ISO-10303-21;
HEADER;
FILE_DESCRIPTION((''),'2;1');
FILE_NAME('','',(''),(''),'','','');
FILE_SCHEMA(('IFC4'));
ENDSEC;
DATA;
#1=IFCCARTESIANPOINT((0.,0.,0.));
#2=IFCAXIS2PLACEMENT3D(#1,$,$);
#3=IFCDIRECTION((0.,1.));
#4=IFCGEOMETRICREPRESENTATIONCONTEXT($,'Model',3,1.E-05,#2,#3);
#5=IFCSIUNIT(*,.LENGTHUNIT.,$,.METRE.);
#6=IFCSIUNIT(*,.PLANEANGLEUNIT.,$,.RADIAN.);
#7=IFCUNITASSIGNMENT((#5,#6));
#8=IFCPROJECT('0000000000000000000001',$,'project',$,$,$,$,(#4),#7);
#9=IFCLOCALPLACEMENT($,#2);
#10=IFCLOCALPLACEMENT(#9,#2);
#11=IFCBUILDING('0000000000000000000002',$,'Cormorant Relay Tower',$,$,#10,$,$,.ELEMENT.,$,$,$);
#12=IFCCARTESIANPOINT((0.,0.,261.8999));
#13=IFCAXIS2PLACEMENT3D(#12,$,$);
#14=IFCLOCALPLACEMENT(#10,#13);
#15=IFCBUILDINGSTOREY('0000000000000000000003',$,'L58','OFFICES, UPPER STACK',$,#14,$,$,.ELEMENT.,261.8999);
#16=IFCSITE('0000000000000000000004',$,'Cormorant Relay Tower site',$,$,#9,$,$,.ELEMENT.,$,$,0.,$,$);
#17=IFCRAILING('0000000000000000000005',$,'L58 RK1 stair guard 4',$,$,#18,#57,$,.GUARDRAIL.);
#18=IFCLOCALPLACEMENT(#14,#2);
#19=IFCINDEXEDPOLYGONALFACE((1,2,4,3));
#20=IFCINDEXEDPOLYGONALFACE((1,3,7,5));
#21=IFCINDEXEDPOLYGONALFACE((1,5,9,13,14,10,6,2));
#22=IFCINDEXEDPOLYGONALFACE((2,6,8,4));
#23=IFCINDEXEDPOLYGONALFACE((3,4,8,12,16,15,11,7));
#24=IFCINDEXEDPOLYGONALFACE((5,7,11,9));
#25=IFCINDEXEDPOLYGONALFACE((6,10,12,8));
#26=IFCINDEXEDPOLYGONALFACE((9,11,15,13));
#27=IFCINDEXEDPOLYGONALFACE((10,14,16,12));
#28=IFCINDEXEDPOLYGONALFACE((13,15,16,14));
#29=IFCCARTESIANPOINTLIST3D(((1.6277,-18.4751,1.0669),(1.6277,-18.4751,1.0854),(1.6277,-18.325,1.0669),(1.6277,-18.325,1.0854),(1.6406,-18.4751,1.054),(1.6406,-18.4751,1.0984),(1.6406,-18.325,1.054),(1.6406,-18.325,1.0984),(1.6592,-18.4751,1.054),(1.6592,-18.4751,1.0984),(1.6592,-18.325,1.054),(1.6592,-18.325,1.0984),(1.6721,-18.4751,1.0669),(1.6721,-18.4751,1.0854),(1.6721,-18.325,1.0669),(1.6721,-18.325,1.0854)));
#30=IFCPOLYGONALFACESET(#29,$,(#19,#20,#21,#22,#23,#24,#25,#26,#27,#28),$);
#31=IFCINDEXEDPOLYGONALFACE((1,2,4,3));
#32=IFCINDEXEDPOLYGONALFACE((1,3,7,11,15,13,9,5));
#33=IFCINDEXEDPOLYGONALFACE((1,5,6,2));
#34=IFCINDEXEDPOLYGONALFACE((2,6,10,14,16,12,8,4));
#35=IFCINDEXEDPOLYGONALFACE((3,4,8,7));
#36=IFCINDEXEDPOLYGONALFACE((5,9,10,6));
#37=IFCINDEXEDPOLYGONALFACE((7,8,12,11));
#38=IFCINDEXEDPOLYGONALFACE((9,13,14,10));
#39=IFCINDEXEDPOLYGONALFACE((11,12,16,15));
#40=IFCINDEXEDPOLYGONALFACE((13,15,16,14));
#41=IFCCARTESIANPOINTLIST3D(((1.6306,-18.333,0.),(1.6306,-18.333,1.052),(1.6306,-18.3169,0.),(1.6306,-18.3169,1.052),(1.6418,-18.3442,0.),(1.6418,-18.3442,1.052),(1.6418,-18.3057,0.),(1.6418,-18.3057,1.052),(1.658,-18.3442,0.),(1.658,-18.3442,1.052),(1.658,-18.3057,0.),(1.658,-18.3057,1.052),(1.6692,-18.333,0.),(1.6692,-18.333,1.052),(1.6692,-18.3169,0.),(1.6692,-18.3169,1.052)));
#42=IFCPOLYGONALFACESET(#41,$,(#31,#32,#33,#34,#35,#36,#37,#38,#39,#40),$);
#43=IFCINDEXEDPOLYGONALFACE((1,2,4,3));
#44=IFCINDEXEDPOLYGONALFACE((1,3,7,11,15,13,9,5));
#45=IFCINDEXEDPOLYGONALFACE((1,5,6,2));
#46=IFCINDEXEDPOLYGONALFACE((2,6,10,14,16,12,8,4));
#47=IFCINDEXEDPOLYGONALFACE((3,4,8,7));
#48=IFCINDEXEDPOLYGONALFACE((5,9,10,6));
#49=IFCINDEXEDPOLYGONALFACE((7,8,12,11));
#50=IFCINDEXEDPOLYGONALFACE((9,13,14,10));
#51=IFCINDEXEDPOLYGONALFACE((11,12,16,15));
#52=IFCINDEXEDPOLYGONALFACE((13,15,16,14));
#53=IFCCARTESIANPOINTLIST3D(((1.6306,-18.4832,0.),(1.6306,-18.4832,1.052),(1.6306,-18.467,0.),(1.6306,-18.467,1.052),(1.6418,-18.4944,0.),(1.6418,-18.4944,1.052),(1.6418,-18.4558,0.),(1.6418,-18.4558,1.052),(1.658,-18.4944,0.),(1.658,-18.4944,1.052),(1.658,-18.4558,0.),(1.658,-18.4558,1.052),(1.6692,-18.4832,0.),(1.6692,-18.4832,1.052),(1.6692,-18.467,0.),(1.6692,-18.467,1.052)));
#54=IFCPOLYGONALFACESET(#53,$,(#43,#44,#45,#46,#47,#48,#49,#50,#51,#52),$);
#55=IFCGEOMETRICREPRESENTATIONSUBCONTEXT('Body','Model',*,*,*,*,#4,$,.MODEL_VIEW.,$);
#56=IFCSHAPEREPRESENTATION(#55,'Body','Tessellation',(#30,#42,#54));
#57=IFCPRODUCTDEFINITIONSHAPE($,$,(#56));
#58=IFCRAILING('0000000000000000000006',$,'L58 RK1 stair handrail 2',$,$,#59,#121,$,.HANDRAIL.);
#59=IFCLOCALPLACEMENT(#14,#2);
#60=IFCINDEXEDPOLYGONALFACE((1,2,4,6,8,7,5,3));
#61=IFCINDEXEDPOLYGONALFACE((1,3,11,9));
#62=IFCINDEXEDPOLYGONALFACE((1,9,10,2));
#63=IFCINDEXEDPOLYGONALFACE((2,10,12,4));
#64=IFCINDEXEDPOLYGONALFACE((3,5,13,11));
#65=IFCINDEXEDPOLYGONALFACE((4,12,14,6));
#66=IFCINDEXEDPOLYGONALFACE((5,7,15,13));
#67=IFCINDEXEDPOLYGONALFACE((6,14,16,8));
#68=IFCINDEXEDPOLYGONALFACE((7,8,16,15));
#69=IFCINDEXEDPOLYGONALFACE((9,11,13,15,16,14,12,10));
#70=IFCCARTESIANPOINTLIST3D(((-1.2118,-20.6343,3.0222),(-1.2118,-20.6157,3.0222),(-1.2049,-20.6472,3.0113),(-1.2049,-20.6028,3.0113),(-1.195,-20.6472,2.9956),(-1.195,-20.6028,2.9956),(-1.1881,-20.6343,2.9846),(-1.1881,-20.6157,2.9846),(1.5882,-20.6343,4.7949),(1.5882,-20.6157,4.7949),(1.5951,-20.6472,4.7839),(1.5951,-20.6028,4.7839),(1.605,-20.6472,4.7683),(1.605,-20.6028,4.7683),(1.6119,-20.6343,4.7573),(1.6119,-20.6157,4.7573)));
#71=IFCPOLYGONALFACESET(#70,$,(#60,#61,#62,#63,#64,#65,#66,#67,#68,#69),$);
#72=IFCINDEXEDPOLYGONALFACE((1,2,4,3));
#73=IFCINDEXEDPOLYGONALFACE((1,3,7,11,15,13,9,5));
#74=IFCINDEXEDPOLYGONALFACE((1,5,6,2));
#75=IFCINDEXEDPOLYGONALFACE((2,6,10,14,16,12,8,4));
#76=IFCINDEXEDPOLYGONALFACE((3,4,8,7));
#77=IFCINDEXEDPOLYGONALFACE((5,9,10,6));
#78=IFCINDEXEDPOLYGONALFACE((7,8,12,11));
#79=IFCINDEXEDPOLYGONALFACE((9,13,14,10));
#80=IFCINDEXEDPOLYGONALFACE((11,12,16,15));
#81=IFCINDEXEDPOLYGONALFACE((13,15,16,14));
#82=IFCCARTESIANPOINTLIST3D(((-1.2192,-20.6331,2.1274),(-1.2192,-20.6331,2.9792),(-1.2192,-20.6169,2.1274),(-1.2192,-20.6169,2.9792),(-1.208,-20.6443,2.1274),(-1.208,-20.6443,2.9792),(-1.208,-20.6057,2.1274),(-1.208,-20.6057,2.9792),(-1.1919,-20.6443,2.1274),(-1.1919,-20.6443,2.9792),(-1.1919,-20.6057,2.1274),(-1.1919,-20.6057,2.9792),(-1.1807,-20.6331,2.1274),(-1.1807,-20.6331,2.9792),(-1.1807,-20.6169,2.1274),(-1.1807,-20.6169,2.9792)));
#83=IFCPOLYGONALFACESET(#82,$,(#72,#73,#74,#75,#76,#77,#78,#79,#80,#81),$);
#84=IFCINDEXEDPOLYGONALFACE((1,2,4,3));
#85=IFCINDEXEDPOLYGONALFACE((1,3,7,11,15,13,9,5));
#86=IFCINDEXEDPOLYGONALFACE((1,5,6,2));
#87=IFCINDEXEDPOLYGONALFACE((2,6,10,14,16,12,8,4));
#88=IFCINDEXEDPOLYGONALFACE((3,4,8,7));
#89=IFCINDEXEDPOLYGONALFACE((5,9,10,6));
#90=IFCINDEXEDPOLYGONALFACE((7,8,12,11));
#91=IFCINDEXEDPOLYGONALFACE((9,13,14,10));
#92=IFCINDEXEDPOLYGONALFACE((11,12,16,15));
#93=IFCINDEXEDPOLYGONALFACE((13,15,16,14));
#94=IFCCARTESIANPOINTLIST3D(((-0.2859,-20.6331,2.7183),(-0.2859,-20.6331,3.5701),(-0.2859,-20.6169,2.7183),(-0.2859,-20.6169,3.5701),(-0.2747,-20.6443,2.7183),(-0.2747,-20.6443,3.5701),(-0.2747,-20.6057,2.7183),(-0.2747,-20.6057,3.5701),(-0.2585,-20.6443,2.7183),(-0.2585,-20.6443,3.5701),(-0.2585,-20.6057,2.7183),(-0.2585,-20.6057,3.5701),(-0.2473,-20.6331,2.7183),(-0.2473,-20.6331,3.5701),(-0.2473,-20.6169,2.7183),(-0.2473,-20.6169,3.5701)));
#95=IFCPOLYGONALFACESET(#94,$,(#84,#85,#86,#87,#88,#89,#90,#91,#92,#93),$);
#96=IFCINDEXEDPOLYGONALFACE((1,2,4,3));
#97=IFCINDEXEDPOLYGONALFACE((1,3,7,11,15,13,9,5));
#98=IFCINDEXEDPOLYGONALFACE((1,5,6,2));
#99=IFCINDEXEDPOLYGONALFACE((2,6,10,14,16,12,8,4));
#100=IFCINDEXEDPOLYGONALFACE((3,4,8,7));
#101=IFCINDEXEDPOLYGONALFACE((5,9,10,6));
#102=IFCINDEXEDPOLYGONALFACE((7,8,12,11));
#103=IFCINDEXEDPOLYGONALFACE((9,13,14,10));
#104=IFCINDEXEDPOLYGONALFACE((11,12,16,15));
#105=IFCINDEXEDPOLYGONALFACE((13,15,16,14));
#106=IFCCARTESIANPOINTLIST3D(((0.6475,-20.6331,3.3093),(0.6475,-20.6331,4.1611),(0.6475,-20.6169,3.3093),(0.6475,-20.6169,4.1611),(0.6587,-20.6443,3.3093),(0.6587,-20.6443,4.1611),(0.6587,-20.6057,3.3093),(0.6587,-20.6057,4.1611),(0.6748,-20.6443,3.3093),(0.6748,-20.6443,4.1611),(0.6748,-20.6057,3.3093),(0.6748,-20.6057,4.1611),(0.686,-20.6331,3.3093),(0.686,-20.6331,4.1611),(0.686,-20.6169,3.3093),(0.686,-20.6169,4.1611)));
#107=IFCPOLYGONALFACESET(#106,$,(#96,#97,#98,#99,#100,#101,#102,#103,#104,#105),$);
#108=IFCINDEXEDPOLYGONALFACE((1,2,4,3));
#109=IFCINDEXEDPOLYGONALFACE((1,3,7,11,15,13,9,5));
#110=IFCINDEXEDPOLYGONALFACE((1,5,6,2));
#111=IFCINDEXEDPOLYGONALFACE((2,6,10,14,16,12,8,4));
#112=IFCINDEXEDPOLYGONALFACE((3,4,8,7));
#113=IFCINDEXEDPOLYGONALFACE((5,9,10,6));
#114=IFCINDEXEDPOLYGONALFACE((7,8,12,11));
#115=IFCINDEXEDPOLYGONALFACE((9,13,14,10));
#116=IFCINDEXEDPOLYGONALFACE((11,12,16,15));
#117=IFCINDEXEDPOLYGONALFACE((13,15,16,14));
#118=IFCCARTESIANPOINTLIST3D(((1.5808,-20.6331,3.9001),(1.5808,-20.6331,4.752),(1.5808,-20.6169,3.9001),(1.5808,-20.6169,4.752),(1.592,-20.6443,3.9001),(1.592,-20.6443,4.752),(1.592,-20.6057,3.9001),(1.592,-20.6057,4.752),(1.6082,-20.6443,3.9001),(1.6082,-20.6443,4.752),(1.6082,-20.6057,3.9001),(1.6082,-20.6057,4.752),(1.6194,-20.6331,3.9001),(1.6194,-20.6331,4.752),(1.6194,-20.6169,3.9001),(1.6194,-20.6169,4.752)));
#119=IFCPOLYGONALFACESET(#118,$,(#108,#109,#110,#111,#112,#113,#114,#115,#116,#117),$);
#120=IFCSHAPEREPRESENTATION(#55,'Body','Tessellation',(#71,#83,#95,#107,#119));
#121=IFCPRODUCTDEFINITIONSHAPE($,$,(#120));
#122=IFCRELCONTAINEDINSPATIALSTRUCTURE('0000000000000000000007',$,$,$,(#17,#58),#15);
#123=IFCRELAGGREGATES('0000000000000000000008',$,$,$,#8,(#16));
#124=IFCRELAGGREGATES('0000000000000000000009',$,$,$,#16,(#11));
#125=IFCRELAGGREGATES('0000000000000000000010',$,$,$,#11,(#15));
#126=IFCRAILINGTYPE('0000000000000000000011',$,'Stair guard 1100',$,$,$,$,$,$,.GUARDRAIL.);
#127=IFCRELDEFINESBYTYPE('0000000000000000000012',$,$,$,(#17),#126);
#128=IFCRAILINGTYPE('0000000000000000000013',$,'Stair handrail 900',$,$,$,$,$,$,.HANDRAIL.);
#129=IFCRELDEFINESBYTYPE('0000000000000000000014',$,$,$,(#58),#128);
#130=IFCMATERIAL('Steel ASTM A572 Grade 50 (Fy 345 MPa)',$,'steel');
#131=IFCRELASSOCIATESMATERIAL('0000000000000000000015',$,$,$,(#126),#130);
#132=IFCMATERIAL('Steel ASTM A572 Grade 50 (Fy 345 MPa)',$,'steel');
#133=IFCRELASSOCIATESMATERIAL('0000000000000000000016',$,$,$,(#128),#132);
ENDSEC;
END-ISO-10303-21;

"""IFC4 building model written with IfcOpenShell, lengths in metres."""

from ifc_helpers import new_model, si_unit, direction, frame, origin, place, context, subcontext, project, spatial, polyline, outline, extrude, material, type_object, element, save


model = new_model("IFC4")

# Units and contexts
model_context = context("Model", 3, precision=1e-05, world=origin(), true_north=direction((0.0, 1.0)))
body_context = subcontext(model_context, "Body", "Model", "MODEL_VIEW")
ifc_project = project(units=[si_unit("LENGTHUNIT", "METRE"), si_unit("PLANEANGLEUNIT", "RADIAN")], contexts=[model_context])

# Site, building, storey
site_placement = place(None, origin())
site = spatial("IfcSite", under=ifc_project, at=site_placement, Name="Cormorant Relay Tower site", CompositionType="ELEMENT", RefElevation=0.0)
building_placement = place(site_placement, origin())
building = spatial("IfcBuilding", under=site, at=building_placement, Name="Cormorant Relay Tower", CompositionType="ELEMENT")
storey_placement = place(building_placement, frame((0.0, 0.0, 261.8999)))
storey = spatial("IfcBuildingStorey", under=building, at=storey_placement, Name="L58", Description="OFFICES, UPPER STACK", CompositionType="ELEMENT", Elevation=261.8999)

# Railings
ifc_material_1 = material(Name="Steel ASTM A572 Grade 50 (Fy 345 MPa)", Category="steel")
railing_type_1 = type_object("IfcRailingType", Name="Stair guard 1100", PredefinedType="GUARDRAIL", material=ifc_material_1)
railing_1_placement = place(storey_placement, frame((1.6499, -18.325, 0.0)))
element("IfcRailing", 1, at=railing_1_placement, inside=storey, type_object=railing_type_1, Name="L58 RK1 stair guard 4", PredefinedType="GUARDRAIL", context=body_context, shape_type="SweptSolid", body=[
    extrude(outline(polyline([(0.0222, 0.0093), (0.0093, 0.0222), (-0.0093, 0.0222), (-0.0222, 0.0093), (-0.0222, -0.0093), (-0.0093, -0.0222), (0.0093, -0.0222), (0.0222, -0.0093), (0.0222, 0.0093)])), frame((0.0, 0.0, 1.0762), z_axis=(0.0, -1.0, 0.0), x_axis=(1.0, 0.0, 0.0)), (0.0, 0.0, 1.0), 0.1501),
    extrude(outline(polyline([(0.0193, 0.0081), (0.0081, 0.0193), (-0.0081, 0.0193), (-0.0193, 0.0081), (-0.0193, -0.0081), (-0.0081, -0.0193), (0.0081, -0.0193), (0.0193, -0.0081), (0.0193, 0.0081)])), origin(), (0.0, 0.0, 1.0), 1.052),
    extrude(outline(polyline([(0.0193, 0.0081), (0.0081, 0.0193), (-0.0081, 0.0193), (-0.0193, 0.0081), (-0.0193, -0.0081), (-0.0081, -0.0193), (0.0081, -0.0193), (0.0193, -0.0081), (0.0193, 0.0081)])), frame((0.0, -0.1501, 0.0)), (0.0, 0.0, 1.0), 1.052),
])
ifc_material_2 = material(Name="Steel ASTM A572 Grade 50 (Fy 345 MPa)", Category="steel")
railing_type_2 = type_object("IfcRailingType", Name="Stair handrail 900", PredefinedType="HANDRAIL", material=ifc_material_2)
railing_2_placement = place(storey_placement, frame((-1.2, -20.625, 2.1274)))
element("IfcRailing", 2, at=railing_2_placement, inside=storey, type_object=railing_type_2, Name="L58 RK1 stair handrail 2", PredefinedType="HANDRAIL", context=body_context, shape_type="SweptSolid", body=[
    extrude(outline(polyline([(0.0222, 0.0093), (0.0093, 0.0222), (-0.0093, 0.0222), (-0.0222, 0.0093), (-0.0222, -0.0093), (-0.0093, -0.0222), (0.0093, -0.0222), (0.0222, -0.0093), (0.0222, 0.0093)])), frame((0.0, 0.0, 0.876), z_axis=(0.844909, 0.0, 0.53491), x_axis=(0.0, 1.0, 0.0)), (0.0, 0.0, 1.0), 3.314),
    extrude(outline(polyline([(0.0193, 0.0081), (0.0081, 0.0193), (-0.0081, 0.0193), (-0.0193, 0.0081), (-0.0193, -0.0081), (-0.0081, -0.0193), (0.0081, -0.0193), (0.0193, -0.0081), (0.0193, 0.0081)])), origin(), (0.0, 0.0, 1.0), 0.8518),
    extrude(outline(polyline([(0.0193, 0.0081), (0.0081, 0.0193), (-0.0081, 0.0193), (-0.0193, 0.0081), (-0.0193, -0.0081), (-0.0081, -0.0193), (0.0081, -0.0193), (0.0193, -0.0081), (0.0193, 0.0081)])), frame((0.9333, 0.0, 0.5908)), (0.0, 0.0, 1.0), 0.8518),
    extrude(outline(polyline([(0.0193, 0.0081), (0.0081, 0.0193), (-0.0081, 0.0193), (-0.0193, 0.0081), (-0.0193, -0.0081), (-0.0081, -0.0193), (0.0081, -0.0193), (0.0193, -0.0081), (0.0193, 0.0081)])), frame((1.8667, 0.0, 1.1819)), (0.0, 0.0, 1.0), 0.8518),
    extrude(outline(polyline([(0.0193, 0.0081), (0.0081, 0.0193), (-0.0081, 0.0193), (-0.0193, 0.0081), (-0.0193, -0.0081), (-0.0081, -0.0193), (0.0081, -0.0193), (0.0193, -0.0081), (0.0193, 0.0081)])), frame((2.8, 0.0, 1.7727)), (0.0, 0.0, 1.0), 0.8518),
])

save(model, "model.ifc")
